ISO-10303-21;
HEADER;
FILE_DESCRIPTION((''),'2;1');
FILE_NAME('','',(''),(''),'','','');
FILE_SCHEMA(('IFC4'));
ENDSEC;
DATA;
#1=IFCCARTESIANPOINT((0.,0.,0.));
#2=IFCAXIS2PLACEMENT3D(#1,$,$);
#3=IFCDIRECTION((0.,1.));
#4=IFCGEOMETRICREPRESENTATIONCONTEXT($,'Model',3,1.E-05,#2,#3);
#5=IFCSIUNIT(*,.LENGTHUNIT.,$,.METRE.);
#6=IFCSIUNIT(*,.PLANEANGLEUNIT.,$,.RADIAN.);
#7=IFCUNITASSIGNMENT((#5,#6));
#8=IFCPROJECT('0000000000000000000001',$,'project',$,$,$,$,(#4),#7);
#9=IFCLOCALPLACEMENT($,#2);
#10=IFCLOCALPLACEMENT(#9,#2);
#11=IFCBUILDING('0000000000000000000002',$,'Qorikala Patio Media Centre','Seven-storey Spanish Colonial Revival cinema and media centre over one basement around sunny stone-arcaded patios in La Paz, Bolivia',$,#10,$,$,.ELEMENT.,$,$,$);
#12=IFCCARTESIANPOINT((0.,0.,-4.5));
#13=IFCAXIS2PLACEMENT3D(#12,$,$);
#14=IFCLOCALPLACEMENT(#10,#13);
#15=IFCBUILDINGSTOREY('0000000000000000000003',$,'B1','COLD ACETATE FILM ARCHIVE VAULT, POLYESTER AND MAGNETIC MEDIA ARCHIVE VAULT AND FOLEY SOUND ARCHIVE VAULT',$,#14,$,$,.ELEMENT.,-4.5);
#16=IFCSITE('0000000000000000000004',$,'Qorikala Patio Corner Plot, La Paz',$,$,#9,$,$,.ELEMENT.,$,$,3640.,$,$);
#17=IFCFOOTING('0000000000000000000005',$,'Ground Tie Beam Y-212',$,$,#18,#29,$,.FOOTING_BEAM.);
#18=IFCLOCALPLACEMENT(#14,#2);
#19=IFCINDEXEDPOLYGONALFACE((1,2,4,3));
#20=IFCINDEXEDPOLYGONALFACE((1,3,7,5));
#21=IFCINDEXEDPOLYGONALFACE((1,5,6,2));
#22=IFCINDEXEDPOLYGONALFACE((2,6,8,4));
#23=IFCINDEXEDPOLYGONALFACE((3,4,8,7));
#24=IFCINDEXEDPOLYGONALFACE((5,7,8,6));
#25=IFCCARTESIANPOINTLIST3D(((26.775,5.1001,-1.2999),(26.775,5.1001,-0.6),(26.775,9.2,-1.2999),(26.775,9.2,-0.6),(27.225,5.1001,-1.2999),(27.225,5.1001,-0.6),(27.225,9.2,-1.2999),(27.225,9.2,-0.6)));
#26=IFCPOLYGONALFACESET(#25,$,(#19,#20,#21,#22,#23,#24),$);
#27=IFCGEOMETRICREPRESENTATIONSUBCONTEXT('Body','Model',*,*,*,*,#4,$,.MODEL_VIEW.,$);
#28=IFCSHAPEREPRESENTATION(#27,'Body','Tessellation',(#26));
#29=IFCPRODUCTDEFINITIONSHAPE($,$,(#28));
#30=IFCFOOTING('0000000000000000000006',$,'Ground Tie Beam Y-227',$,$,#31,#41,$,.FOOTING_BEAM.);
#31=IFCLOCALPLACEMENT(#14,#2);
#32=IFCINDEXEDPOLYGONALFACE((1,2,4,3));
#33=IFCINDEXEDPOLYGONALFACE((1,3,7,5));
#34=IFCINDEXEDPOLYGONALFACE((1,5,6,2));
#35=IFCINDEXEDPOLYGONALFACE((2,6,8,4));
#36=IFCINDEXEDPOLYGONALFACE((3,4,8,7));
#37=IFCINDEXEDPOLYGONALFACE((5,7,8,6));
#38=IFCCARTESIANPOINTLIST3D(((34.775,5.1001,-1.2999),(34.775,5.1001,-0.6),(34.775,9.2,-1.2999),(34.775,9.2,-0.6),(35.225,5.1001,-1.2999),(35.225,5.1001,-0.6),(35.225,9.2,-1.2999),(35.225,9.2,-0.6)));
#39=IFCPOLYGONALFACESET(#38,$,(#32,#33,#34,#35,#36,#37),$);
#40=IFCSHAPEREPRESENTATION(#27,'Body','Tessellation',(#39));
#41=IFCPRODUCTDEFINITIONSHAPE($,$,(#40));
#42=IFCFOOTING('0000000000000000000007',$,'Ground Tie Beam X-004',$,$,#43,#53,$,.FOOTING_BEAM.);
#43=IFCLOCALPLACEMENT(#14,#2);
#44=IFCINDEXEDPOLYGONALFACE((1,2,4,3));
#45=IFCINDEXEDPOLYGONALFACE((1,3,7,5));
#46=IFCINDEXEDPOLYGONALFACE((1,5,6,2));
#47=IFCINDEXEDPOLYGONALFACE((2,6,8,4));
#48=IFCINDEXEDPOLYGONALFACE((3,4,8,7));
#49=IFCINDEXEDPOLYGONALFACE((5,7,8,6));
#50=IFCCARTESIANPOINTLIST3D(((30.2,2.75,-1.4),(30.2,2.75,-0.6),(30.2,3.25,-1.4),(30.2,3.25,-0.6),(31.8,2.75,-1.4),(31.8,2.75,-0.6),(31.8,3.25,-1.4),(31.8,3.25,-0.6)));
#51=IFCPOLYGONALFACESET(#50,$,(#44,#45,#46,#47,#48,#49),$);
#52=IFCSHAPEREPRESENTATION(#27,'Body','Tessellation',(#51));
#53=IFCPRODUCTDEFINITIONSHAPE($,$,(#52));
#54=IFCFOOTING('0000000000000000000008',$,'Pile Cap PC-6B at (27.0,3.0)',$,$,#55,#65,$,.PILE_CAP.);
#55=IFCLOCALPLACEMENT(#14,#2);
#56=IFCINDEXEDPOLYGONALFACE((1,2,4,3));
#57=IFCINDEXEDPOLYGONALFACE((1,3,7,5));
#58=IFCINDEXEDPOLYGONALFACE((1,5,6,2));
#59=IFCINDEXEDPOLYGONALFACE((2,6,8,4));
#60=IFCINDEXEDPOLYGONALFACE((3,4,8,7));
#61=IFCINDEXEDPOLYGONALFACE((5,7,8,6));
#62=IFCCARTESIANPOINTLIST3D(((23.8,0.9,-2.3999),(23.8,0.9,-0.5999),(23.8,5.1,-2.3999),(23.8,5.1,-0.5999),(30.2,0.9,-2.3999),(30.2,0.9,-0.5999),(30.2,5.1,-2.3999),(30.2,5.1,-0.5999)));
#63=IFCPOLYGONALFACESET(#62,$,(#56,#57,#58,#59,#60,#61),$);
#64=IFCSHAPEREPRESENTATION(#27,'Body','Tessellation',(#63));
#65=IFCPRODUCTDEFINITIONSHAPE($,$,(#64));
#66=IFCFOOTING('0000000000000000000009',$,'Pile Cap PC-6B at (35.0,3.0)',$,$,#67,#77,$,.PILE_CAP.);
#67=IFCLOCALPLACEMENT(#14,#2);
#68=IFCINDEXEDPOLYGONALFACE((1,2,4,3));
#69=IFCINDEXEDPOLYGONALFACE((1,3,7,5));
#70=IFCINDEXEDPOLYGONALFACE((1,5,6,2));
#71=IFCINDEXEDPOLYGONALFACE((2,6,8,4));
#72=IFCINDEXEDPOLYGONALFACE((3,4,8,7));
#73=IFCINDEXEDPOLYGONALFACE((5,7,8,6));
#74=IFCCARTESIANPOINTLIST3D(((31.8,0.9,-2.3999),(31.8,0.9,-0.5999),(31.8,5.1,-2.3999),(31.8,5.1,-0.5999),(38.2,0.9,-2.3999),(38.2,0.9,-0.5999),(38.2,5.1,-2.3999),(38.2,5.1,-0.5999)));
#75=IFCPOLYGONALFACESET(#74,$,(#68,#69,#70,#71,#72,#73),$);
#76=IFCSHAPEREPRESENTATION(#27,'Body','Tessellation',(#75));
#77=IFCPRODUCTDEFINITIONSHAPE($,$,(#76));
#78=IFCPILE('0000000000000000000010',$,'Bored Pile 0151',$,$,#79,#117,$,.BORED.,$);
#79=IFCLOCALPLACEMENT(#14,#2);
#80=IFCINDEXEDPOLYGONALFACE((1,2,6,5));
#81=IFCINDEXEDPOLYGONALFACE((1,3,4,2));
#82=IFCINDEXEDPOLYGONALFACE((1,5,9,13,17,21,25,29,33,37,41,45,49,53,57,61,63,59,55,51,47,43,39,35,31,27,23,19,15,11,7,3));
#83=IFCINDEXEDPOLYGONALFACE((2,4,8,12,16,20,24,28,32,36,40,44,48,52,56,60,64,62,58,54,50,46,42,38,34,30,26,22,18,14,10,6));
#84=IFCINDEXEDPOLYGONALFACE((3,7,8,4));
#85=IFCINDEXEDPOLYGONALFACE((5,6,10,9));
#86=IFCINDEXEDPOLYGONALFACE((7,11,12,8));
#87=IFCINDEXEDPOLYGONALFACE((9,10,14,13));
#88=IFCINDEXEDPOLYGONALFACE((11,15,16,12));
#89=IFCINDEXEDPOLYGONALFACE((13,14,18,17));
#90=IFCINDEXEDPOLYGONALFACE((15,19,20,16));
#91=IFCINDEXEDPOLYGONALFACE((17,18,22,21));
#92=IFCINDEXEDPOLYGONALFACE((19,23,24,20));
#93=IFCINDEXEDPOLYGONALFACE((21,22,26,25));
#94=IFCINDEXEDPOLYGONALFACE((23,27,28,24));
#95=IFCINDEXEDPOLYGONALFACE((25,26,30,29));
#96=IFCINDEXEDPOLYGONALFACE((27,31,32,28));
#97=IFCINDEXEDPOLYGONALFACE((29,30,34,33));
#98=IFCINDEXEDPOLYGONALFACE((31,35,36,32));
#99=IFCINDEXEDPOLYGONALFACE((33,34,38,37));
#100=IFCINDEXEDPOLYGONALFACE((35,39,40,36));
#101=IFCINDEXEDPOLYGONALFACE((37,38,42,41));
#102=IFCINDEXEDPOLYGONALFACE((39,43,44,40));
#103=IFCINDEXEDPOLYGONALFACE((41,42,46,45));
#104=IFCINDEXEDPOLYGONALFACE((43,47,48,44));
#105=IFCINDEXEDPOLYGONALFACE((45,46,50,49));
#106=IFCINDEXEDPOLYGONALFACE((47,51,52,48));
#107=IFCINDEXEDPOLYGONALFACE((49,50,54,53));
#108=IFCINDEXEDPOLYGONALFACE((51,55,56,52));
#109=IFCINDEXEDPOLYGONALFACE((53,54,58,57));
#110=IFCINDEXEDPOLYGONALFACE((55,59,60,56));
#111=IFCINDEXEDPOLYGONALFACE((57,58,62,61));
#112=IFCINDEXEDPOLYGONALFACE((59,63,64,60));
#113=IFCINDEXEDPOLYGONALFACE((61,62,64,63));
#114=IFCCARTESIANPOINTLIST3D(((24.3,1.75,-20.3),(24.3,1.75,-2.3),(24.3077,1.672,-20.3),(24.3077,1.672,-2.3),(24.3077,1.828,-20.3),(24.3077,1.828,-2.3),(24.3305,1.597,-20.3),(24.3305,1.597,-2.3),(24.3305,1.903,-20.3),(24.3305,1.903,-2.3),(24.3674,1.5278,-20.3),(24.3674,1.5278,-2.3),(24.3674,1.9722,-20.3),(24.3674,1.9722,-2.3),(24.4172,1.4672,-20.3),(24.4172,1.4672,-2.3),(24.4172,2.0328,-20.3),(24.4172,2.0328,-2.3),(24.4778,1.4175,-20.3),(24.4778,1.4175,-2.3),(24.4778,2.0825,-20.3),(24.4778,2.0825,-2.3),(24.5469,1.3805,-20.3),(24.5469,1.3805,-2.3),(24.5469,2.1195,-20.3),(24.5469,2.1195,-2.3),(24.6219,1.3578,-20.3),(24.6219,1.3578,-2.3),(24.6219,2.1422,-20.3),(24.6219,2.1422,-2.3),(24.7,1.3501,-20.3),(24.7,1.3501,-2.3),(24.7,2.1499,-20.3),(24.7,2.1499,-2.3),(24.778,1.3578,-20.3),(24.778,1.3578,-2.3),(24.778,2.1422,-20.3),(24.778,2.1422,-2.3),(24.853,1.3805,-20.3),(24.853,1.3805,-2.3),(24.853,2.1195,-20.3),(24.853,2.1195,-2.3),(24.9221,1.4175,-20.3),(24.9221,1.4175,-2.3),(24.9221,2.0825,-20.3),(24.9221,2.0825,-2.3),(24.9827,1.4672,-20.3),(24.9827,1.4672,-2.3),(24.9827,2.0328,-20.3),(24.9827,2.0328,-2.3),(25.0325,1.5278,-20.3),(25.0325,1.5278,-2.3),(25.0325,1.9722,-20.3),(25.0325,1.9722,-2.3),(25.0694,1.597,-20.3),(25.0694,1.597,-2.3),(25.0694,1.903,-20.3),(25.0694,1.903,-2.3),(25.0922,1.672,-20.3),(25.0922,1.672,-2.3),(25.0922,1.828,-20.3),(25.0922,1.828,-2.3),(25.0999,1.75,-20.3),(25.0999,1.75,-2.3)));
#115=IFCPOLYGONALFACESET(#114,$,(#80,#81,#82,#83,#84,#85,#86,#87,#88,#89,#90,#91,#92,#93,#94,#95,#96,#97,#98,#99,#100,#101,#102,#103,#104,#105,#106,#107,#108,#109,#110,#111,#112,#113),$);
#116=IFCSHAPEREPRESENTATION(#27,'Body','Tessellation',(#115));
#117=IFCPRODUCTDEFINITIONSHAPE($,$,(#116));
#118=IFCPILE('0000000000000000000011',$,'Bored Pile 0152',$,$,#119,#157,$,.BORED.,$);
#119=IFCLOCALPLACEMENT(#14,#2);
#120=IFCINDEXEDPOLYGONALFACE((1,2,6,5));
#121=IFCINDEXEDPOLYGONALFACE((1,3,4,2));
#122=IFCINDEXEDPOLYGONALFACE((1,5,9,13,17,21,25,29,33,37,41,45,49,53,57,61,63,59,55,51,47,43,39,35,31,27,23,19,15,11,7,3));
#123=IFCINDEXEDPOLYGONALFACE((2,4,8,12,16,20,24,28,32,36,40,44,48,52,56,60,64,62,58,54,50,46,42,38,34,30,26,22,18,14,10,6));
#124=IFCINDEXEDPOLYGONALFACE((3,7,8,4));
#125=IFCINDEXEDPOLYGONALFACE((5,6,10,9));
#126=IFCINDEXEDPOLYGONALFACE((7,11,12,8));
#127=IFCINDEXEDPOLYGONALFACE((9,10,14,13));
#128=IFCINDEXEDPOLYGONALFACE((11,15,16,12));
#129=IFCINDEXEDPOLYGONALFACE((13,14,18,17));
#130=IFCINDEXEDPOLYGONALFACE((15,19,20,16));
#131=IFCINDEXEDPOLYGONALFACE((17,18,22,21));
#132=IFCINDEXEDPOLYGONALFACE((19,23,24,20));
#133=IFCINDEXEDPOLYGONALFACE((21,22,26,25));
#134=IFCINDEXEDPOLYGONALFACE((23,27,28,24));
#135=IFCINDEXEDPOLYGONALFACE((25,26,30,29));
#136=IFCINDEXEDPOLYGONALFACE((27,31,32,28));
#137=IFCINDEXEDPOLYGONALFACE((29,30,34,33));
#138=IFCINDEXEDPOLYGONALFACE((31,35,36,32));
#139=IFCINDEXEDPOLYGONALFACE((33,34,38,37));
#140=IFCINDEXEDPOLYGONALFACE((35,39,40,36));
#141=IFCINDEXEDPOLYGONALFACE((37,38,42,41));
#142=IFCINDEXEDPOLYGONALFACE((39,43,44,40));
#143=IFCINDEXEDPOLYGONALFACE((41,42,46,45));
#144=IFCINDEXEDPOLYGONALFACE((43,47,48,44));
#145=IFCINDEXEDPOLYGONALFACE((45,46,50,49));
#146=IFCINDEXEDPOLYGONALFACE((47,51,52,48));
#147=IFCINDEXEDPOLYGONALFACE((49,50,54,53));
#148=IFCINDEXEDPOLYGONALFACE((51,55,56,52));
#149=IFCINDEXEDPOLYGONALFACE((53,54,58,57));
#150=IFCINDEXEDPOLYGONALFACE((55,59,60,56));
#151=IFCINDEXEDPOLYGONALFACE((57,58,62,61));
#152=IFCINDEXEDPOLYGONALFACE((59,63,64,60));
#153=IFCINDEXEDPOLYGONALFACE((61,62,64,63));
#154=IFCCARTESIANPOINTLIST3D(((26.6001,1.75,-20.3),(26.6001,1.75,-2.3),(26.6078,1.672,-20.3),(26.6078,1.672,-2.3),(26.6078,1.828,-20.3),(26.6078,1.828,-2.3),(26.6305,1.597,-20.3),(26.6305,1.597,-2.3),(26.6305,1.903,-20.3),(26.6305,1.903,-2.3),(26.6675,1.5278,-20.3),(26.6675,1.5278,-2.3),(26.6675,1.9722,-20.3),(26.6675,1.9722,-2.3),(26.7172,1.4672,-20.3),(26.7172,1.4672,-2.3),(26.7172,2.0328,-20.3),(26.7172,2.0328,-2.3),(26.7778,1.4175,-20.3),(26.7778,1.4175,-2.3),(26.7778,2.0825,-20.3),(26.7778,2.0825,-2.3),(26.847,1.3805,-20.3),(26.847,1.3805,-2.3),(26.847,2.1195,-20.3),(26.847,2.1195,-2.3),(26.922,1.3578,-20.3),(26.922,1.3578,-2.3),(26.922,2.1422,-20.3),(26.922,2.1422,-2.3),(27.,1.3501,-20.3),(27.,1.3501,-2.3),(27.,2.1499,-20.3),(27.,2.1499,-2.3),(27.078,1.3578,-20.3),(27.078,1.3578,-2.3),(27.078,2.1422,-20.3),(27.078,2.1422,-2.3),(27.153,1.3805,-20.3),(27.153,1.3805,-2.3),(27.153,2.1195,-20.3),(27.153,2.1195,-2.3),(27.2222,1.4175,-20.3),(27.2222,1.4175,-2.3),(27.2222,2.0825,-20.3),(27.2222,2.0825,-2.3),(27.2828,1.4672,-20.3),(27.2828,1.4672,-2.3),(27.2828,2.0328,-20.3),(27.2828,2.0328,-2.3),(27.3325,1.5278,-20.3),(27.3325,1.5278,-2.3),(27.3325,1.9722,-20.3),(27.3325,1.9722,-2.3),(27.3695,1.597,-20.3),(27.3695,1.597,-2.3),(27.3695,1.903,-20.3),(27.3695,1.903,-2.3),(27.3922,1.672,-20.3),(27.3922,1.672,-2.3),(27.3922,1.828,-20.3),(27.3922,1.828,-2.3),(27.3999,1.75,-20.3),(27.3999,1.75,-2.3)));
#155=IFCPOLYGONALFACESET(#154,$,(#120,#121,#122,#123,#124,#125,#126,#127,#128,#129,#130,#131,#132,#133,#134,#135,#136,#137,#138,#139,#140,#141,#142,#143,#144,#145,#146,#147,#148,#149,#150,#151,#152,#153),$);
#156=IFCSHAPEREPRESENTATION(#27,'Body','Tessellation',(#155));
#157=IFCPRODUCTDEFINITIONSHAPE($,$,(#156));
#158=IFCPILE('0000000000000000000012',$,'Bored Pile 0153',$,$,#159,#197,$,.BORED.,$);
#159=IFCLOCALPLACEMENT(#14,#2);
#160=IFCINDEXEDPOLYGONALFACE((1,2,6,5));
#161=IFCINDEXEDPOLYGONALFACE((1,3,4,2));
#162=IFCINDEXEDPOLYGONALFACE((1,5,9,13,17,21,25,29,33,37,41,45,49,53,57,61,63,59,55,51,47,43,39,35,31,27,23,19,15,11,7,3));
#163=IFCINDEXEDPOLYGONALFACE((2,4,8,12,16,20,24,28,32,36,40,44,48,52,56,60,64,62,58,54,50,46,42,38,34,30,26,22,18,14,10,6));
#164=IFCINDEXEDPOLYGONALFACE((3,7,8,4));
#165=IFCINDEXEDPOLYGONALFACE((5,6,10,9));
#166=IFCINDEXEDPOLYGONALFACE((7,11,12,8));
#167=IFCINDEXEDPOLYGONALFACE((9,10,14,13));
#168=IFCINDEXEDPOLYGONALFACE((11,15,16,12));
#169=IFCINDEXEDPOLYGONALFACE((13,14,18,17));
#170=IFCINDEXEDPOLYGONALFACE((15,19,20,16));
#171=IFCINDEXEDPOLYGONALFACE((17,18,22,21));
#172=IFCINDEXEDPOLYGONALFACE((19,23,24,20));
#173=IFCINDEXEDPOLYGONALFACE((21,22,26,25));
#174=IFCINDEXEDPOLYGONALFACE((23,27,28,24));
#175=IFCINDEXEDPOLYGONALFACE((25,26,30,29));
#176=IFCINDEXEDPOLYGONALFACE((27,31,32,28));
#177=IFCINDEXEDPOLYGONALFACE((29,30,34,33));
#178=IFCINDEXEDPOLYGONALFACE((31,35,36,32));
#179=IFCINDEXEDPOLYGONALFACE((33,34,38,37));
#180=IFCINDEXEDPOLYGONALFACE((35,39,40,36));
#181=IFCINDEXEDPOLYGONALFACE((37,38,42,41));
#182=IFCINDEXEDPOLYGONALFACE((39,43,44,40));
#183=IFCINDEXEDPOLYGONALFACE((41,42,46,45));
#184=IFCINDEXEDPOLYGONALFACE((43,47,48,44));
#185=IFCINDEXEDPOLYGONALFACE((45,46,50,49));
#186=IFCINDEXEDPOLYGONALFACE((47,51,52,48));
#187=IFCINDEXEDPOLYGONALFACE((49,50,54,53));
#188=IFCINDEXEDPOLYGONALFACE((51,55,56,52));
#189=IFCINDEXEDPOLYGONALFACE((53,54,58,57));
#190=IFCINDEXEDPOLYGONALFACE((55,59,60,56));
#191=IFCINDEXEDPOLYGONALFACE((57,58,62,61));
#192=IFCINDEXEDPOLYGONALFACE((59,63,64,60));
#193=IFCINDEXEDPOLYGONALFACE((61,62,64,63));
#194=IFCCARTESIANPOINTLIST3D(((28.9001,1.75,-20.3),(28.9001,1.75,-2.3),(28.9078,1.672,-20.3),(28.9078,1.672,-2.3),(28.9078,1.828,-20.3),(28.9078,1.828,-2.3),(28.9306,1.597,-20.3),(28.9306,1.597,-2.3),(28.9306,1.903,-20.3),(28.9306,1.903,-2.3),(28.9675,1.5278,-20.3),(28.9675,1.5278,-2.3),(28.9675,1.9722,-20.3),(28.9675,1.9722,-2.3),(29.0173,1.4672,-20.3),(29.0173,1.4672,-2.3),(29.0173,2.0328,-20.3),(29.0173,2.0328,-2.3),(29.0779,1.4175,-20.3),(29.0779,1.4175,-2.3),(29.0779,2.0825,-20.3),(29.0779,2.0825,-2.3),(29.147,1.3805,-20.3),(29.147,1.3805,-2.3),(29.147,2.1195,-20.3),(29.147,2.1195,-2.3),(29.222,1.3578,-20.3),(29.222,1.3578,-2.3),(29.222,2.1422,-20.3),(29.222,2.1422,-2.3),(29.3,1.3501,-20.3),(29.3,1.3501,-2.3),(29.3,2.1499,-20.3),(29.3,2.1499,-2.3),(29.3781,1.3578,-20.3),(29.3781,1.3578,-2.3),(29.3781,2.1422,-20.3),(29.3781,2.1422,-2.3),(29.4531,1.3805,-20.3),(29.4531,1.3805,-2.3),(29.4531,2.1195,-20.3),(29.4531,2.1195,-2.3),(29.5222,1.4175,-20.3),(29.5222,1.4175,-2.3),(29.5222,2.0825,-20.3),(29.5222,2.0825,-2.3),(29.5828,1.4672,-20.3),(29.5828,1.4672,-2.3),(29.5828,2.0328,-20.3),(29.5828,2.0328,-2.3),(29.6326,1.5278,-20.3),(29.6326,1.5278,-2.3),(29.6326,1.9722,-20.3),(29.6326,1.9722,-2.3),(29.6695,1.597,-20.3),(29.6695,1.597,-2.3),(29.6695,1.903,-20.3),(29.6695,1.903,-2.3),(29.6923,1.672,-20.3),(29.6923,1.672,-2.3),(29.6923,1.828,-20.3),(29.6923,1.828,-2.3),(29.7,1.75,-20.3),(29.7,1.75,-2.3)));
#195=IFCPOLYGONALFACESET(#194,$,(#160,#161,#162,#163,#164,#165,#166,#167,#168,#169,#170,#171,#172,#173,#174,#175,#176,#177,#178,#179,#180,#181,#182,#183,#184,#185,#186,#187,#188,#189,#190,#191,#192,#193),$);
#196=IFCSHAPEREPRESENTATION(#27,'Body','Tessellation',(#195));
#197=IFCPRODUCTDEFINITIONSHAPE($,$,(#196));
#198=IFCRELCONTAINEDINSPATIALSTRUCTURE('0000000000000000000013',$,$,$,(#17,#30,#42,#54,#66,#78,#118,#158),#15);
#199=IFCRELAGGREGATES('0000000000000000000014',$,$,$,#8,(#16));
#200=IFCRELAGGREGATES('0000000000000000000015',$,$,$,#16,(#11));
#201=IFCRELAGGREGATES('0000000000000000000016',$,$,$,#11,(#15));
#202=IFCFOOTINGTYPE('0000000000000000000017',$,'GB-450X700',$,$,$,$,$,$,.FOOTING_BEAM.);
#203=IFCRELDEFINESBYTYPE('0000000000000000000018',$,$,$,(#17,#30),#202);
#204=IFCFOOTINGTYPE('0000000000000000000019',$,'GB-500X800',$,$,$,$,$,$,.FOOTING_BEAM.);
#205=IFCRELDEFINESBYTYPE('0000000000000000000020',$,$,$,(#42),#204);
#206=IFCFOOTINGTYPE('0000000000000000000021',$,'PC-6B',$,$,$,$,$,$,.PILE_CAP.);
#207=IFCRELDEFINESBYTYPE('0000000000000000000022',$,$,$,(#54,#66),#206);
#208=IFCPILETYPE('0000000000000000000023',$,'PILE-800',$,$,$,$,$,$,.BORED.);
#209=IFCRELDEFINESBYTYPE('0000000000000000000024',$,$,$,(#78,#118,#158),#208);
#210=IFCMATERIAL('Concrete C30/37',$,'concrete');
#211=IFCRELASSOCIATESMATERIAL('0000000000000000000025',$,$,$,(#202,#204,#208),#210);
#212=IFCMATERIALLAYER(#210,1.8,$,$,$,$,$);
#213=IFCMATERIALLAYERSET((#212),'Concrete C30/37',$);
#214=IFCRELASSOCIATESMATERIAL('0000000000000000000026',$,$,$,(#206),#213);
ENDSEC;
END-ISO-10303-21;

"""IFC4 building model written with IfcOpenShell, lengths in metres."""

from ifc_helpers import new_model, si_unit, direction, frame, origin, origin_2d, place, context, subcontext, project, spatial, rectangle, circle, extrude, material, layer, layer_set, material_profile, profile_set, type_object, element, save


model = new_model("IFC4")

# Units and contexts
model_context = context("Model", 3, precision=1e-05, world=origin(), true_north=direction((0.0, 1.0)))
body_context = subcontext(model_context, "Body", "Model", "MODEL_VIEW")
ifc_project = project(units=[si_unit("LENGTHUNIT", "METRE"), si_unit("PLANEANGLEUNIT", "RADIAN")], contexts=[model_context])

# Site, building, storey
site_placement = place(None, origin())
site = spatial("IfcSite", under=ifc_project, at=site_placement, Name="Qorikala Patio Corner Plot, La Paz", CompositionType="ELEMENT", RefElevation=3640.0)
building_placement = place(site_placement, origin())
building = spatial("IfcBuilding", under=site, at=building_placement, Name="Qorikala Patio Media Centre", Description="Seven-storey Spanish Colonial Revival cinema and media centre over one basement around sunny stone-arcaded patios in La Paz, Bolivia", CompositionType="ELEMENT")
storey_placement = place(building_placement, frame((0.0, 0.0, -4.5)))
storey = spatial("IfcBuildingStorey", under=building, at=storey_placement, Name="B1", Description="COLD ACETATE FILM ARCHIVE VAULT, POLYESTER AND MAGNETIC MEDIA ARCHIVE VAULT AND FOLEY SOUND ARCHIVE VAULT", CompositionType="ELEMENT", Elevation=-4.5)

# Footings
ifc_material_1 = material(Name="Concrete C30/37", Category="concrete")
ifc_material_profile_1 = material_profile(ifc_material_1, rectangle(XDim=0.45, YDim=0.7, at=origin_2d()), Name="RC 450x700")
ifc_profile_set_1 = profile_set([ifc_material_profile_1], Name="Concrete C30/37")
footing_type_1 = type_object("IfcFootingType", Name="GB-450X700", PredefinedType="FOOTING_BEAM", material=ifc_profile_set_1)
for number, where, z_axis, x_axis, name in (
    (1, (27.0, 5.1001, -0.95), (0.0, 1.0, 0.0), (-1.0, 0.0, 0.0), "Ground Tie Beam Y-212"),
    (2, (35.0, 5.1001, -0.95), (0.0, 1.0, 0.0), (-1.0, 0.0, 0.0), "Ground Tie Beam Y-227"),
):
    element("IfcFooting", number, at=place(storey_placement, frame(where, z_axis=z_axis, x_axis=x_axis)), inside=storey, type_object=footing_type_1, Name=name, PredefinedType="FOOTING_BEAM", context=body_context, shape_type="SweptSolid", body=[
        extrude(rectangle(XDim=0.45, YDim=0.7, at=origin_2d()), origin(), (0.0, 0.0, 1.0), 4.0999),
    ])
ifc_material_profile_2 = material_profile(ifc_material_1, rectangle(XDim=0.5, YDim=0.8, at=origin_2d()), Name="RC 500x800")
ifc_profile_set_2 = profile_set([ifc_material_profile_2], Name="Concrete C30/37")
footing_type_2 = type_object("IfcFootingType", Name="GB-500X800", PredefinedType="FOOTING_BEAM", material=ifc_profile_set_2)
footing_placement = place(storey_placement, frame((30.2, 3.0, -1.0), z_axis=(1.0, 0.0, 0.0), x_axis=(0.0, 1.0, 0.0)))
element("IfcFooting", 3, at=footing_placement, inside=storey, type_object=footing_type_2, Name="Ground Tie Beam X-004", PredefinedType="FOOTING_BEAM", context=body_context, shape_type="SweptSolid", body=[
    extrude(rectangle(XDim=0.5, YDim=0.8, at=origin_2d()), origin(), (0.0, 0.0, 1.0), 1.6001),
])
ifc_layer_1 = layer(ifc_material_1, 1.8)
ifc_layer_set_1 = layer_set([ifc_layer_1], Name="Concrete C30/37")
footing_type_3 = type_object("IfcFootingType", Name="PC-6B", PredefinedType="PILE_CAP", material=ifc_layer_set_1)
for number, where, z_axis, x_axis, name in (
    (4, (27.0, 3.0, -2.3999), (0.0, 0.0, 1.0), (1.0, 0.0, 0.0), "Pile Cap PC-6B at (27.0,3.0)"),
    (5, (35.0, 3.0, -2.3999), (0.0, 0.0, 1.0), (1.0, 0.0, 0.0), "Pile Cap PC-6B at (35.0,3.0)"),
):
    element("IfcFooting", number, at=place(storey_placement, frame(where, z_axis=z_axis, x_axis=x_axis)), inside=storey, type_object=footing_type_3, Name=name, PredefinedType="PILE_CAP", context=body_context, shape_type="SweptSolid", body=[
        extrude(rectangle(XDim=6.3999, YDim=4.2, at=origin_2d()), origin(), (0.0, 0.0, 1.0), 1.8),
    ])

# Piles
ifc_material_profile_3 = material_profile(ifc_material_1, circle(Radius=0.3999, at=origin_2d()), Name="BORED PILE 800")
ifc_profile_set_3 = profile_set([ifc_material_profile_3], Name="Concrete C30/37")
pile_type = type_object("IfcPileType", Name="PILE-800", PredefinedType="BORED", material=ifc_profile_set_3)
for number, where, z_axis, x_axis, name in (
    (6, (24.7, 1.75, -2.3), (0.0, 0.0, -1.0), (1.0, 0.0, 0.0), "Bored Pile 0151"),
    (7, (27.0, 1.75, -2.3), (0.0, 0.0, -1.0), (1.0, 0.0, 0.0), "Bored Pile 0152"),
    (8, (29.3, 1.75, -2.3), (0.0, 0.0, -1.0), (1.0, 0.0, 0.0), "Bored Pile 0153"),
):
    element("IfcPile", number, at=place(storey_placement, frame(where, z_axis=z_axis, x_axis=x_axis)), inside=storey, type_object=pile_type, Name=name, PredefinedType="BORED", context=body_context, shape_type="SweptSolid", body=[
        extrude(circle(Radius=0.3999, at=origin_2d()), origin(), (0.0, 0.0, 1.0), 18.0),
    ])

save(model, "model.ifc")
